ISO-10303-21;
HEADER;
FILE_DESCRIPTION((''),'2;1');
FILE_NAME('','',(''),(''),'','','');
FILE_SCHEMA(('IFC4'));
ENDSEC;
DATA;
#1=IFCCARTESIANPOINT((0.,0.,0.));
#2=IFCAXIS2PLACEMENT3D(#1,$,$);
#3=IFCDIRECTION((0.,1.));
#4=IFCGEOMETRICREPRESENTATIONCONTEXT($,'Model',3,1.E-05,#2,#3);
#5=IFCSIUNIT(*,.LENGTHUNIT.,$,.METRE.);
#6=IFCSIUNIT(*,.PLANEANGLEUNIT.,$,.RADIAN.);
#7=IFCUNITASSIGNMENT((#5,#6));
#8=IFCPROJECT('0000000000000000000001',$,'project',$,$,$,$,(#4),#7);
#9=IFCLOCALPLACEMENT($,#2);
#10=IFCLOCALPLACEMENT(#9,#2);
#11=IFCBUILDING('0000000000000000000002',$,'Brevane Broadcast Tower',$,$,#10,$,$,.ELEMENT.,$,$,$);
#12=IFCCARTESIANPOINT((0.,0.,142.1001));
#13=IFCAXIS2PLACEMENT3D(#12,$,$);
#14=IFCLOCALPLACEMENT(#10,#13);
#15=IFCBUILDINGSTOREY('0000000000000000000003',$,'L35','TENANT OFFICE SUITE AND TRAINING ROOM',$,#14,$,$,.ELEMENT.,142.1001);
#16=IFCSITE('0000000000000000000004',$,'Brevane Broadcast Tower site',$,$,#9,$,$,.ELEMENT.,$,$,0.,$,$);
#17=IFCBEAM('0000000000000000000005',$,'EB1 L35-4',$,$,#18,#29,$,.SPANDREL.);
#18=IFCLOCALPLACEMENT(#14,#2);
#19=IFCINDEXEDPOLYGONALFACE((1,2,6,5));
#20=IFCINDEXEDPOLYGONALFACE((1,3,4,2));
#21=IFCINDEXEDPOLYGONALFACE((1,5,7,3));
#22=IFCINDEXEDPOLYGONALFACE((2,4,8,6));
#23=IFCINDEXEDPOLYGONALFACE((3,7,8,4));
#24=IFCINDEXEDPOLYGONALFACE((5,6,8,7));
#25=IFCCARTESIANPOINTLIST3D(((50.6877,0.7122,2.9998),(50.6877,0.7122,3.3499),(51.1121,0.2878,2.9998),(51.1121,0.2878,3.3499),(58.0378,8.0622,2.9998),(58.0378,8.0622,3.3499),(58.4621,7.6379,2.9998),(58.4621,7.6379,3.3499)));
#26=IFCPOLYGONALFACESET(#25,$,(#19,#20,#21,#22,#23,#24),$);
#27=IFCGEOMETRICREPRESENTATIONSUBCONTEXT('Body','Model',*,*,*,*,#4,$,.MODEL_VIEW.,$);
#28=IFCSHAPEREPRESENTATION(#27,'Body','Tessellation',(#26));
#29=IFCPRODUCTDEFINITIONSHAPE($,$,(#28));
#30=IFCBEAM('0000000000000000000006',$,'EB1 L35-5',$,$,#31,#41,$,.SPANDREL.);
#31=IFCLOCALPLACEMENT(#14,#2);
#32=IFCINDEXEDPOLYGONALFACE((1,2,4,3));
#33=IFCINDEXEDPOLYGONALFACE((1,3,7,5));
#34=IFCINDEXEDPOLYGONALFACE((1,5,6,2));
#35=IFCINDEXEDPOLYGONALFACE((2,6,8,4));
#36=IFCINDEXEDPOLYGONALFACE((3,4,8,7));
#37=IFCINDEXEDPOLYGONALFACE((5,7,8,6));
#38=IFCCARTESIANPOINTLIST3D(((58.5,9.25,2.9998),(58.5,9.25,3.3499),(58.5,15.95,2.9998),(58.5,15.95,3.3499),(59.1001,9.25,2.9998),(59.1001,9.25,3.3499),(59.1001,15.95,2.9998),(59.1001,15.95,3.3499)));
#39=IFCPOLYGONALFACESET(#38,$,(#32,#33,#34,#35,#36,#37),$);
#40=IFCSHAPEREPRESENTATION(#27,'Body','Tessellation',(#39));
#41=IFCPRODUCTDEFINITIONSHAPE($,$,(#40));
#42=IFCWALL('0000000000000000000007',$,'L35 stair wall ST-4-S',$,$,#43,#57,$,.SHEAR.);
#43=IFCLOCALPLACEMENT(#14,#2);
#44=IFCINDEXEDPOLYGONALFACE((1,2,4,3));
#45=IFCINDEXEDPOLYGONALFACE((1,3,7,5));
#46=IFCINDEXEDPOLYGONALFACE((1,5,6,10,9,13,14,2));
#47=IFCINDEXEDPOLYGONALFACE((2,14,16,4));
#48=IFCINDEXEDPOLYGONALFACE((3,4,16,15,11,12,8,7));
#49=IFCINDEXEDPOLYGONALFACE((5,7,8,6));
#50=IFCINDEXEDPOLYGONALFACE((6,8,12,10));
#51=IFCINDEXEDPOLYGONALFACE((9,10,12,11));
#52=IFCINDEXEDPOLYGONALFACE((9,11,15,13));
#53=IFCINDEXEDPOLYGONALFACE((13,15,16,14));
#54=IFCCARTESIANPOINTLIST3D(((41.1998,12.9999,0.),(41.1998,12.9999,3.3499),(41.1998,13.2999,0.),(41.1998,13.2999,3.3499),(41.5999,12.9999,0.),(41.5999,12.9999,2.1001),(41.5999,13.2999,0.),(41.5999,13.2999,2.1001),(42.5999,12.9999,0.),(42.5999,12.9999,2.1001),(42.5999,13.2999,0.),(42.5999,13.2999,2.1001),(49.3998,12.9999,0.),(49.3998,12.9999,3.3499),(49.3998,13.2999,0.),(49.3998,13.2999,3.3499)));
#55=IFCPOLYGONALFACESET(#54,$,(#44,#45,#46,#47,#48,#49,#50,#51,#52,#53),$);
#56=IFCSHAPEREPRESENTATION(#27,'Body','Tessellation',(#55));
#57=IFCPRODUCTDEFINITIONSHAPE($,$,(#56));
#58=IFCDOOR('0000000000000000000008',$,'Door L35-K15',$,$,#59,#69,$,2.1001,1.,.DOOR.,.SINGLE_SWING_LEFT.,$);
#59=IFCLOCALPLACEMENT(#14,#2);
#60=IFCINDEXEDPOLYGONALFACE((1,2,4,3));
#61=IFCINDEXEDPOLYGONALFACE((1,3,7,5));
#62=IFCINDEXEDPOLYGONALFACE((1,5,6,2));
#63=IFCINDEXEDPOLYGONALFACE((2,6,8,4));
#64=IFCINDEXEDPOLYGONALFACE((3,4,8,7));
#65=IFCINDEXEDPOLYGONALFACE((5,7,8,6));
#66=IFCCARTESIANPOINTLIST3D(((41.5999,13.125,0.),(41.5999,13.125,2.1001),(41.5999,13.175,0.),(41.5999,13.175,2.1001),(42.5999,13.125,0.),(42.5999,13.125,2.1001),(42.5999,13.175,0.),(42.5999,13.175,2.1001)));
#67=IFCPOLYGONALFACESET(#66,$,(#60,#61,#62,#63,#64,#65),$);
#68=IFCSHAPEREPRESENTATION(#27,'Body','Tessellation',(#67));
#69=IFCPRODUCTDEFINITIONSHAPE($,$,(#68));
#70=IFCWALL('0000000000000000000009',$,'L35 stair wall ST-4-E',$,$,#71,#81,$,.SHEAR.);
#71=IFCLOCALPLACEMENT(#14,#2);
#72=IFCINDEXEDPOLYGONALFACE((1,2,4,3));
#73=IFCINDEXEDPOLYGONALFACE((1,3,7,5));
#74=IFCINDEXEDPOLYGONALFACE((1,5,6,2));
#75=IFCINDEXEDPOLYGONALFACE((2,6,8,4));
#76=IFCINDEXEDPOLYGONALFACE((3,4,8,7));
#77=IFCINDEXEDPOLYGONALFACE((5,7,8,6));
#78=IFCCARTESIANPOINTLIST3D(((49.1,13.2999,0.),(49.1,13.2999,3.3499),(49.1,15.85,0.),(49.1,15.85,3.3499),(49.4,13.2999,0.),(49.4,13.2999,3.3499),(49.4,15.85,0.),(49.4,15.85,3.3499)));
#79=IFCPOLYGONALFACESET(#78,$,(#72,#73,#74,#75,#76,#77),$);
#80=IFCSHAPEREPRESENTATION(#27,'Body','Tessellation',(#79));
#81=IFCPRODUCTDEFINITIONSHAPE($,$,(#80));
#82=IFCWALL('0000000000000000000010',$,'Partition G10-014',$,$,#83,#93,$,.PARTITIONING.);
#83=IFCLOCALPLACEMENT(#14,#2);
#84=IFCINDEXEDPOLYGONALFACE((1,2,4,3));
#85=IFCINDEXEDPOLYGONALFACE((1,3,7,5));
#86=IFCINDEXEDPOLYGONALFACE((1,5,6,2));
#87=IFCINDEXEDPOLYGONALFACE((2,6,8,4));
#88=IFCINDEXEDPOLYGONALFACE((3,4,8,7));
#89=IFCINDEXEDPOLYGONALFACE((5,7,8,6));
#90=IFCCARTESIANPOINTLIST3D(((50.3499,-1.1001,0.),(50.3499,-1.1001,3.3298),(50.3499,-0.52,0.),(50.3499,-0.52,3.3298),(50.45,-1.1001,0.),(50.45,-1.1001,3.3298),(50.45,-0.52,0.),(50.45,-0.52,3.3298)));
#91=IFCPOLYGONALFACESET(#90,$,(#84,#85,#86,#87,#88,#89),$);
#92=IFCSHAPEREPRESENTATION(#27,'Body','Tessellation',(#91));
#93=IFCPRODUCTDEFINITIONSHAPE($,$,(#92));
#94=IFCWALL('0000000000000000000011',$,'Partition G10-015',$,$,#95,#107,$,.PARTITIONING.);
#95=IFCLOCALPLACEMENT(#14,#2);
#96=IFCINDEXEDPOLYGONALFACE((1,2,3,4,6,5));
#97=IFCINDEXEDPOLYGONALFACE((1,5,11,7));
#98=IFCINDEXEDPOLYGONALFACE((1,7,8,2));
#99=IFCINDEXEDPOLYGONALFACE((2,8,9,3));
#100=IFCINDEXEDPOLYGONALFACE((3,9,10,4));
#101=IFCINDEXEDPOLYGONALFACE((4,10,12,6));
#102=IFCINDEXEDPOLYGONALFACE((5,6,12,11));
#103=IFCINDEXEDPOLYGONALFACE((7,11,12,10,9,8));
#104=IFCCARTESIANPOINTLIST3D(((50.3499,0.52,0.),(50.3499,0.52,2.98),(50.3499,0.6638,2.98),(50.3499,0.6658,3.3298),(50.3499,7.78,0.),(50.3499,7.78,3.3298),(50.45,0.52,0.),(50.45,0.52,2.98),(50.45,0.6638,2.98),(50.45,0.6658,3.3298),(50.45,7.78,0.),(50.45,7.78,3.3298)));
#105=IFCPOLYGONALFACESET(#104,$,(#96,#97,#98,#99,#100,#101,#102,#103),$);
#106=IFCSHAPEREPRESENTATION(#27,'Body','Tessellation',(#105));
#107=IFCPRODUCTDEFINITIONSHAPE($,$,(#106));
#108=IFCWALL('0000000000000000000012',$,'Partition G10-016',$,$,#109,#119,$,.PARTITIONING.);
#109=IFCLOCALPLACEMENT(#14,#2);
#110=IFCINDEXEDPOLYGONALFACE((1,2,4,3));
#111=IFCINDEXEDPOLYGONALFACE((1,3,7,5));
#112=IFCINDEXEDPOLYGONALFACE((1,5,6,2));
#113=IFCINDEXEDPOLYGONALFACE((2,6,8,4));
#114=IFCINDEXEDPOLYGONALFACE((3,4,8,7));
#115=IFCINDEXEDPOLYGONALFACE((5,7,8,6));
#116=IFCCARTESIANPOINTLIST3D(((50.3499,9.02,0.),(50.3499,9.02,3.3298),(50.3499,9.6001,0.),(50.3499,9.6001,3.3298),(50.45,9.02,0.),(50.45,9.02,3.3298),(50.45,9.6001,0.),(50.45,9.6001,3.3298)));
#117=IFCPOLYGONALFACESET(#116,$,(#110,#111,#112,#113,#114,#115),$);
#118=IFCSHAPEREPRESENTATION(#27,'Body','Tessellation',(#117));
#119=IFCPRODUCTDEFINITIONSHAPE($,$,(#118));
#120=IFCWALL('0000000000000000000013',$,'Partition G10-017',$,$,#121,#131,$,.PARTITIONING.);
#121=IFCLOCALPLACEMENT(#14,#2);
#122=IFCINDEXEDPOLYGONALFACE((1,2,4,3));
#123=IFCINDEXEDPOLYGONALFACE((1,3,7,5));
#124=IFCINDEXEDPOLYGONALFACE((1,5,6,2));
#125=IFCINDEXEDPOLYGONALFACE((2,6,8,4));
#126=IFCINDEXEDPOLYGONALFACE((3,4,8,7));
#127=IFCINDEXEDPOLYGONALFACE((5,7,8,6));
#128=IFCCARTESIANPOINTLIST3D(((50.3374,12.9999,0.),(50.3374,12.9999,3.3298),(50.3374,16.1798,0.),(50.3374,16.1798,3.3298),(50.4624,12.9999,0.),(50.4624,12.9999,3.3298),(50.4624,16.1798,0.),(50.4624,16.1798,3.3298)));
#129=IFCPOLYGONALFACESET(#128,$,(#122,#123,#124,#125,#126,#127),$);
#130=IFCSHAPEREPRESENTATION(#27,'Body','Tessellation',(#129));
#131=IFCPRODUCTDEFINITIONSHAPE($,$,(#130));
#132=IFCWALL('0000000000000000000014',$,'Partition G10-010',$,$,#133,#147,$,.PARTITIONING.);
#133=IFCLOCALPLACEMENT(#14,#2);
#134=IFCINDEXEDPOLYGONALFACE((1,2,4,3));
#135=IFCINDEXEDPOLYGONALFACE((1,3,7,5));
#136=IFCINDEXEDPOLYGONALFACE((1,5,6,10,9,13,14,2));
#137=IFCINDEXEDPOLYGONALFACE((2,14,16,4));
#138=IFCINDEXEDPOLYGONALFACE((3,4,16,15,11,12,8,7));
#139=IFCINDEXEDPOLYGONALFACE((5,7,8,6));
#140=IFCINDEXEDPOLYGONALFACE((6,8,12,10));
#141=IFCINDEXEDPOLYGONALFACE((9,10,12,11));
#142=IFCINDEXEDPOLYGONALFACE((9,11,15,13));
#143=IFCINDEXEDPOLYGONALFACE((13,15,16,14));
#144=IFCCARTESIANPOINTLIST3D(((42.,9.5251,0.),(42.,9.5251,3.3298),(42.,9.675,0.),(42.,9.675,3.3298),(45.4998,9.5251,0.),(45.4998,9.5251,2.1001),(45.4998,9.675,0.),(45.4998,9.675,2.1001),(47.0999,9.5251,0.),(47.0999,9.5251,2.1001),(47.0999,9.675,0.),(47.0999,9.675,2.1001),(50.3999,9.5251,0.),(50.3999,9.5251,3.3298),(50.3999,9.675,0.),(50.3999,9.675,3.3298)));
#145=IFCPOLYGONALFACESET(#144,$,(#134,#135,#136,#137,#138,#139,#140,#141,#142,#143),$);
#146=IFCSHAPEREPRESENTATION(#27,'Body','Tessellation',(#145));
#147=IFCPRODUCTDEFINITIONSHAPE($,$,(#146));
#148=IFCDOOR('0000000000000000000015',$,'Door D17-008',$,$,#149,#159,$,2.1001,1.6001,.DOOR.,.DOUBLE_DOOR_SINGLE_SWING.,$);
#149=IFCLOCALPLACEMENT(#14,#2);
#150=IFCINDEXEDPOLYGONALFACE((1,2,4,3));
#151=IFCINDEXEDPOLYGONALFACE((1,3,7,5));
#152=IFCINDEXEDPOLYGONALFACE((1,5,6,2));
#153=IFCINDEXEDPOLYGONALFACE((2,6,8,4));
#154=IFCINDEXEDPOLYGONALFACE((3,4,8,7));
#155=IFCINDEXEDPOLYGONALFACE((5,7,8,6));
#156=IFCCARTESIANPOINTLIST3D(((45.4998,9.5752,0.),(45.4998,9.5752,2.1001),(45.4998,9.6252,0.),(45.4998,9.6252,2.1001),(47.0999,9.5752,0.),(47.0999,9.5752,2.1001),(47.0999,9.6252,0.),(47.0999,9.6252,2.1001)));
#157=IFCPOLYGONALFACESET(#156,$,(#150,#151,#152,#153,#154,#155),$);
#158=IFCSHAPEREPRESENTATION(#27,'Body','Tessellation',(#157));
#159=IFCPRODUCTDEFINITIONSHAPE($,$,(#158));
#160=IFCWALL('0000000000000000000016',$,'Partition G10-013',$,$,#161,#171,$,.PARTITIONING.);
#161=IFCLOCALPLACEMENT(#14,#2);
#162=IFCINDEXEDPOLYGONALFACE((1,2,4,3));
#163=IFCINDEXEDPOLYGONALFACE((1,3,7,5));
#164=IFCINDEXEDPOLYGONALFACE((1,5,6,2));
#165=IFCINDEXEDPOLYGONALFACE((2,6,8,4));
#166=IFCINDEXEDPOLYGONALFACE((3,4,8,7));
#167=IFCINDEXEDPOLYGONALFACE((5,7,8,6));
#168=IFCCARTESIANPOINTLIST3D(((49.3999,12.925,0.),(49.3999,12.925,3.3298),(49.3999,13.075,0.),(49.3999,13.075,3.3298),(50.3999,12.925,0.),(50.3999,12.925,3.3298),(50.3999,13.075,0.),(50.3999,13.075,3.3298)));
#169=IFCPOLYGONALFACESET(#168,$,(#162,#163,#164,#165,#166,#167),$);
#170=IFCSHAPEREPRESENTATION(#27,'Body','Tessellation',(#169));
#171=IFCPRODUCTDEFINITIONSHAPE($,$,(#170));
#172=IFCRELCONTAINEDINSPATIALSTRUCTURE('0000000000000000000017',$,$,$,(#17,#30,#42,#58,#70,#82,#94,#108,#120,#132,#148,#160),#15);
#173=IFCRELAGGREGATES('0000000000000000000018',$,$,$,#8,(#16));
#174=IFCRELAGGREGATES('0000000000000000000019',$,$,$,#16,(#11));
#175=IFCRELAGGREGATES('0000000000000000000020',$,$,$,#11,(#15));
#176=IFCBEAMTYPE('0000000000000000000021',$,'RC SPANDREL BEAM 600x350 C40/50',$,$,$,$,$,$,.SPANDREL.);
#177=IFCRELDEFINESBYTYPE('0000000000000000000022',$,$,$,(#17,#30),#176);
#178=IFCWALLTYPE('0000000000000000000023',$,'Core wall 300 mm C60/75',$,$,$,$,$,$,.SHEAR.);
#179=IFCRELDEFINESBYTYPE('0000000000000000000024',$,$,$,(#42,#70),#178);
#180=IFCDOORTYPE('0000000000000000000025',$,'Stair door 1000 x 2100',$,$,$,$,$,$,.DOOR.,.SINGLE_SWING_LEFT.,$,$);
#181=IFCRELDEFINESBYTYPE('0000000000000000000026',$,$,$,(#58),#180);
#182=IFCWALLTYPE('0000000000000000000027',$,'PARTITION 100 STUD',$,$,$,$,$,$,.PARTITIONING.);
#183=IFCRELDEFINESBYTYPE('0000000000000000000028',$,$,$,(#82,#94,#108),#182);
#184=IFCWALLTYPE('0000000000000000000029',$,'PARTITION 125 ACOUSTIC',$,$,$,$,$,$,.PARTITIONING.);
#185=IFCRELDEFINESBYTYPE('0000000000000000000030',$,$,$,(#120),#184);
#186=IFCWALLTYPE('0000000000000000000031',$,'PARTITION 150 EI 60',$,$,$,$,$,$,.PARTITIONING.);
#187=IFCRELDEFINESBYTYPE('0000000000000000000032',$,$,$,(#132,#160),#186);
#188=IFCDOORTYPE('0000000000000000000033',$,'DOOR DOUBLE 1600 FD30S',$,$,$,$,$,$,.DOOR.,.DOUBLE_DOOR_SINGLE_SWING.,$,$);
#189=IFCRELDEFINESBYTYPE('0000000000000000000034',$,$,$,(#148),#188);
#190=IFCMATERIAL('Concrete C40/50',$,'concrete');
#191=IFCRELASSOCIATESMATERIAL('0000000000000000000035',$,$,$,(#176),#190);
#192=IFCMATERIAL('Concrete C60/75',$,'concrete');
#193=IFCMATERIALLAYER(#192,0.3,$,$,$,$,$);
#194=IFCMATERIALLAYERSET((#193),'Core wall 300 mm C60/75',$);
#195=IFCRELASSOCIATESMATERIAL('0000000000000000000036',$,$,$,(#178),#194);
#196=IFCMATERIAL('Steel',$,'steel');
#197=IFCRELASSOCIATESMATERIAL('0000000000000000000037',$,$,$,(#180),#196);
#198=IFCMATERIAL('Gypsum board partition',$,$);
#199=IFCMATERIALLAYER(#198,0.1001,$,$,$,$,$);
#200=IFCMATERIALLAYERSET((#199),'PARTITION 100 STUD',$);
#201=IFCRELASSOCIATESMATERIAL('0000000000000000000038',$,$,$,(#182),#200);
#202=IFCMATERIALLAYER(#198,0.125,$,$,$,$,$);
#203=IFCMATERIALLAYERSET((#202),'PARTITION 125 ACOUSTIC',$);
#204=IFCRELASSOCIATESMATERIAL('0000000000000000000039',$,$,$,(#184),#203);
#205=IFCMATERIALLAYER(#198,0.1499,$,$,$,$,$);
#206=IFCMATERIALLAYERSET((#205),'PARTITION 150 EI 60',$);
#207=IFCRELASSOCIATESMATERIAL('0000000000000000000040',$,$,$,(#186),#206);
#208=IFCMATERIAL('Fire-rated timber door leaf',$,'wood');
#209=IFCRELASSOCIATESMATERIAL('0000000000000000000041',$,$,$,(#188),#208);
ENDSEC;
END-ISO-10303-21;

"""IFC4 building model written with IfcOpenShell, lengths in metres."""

from ifc_helpers import new_model, si_unit, direction, frame, frame_2d, origin, origin_2d, place, context, subcontext, project, spatial, polyline, rectangle, outline, extrude, material, layer, layer_set, material_profile, profile_set, type_object, element, fill, save


model = new_model("IFC4")

# Units and contexts
model_context = context("Model", 3, precision=1e-05, world=origin(), true_north=direction((0.0, 1.0)))
body_context = subcontext(model_context, "Body", "Model", "MODEL_VIEW")
ifc_project = project(units=[si_unit("LENGTHUNIT", "METRE"), si_unit("PLANEANGLEUNIT", "RADIAN")], contexts=[model_context])

# Site, building, storey
site_placement = place(None, origin())
site = spatial("IfcSite", under=ifc_project, at=site_placement, Name="Brevane Broadcast Tower site", CompositionType="ELEMENT", RefElevation=0.0)
building_placement = place(site_placement, origin())
building = spatial("IfcBuilding", under=site, at=building_placement, Name="Brevane Broadcast Tower", CompositionType="ELEMENT")
storey_placement = place(building_placement, frame((0.0, 0.0, 142.1001)))
storey = spatial("IfcBuildingStorey", under=building, at=storey_placement, Name="L35", Description="TENANT OFFICE SUITE AND TRAINING ROOM", CompositionType="ELEMENT", Elevation=142.1001)

# Shared definitions
ifc_material_1 = material(Name="Concrete C60/75", Category="concrete")

# Beams
ifc_material_2 = material(Name="Concrete C40/50", Category="concrete")
ifc_material_profile_1 = material_profile(ifc_material_2, rectangle(XDim=0.6001, YDim=0.3501, at=origin_2d()), Name="RC 600x350")
ifc_profile_set_1 = profile_set([ifc_material_profile_1], Name="Concrete C40/50")
beam_type = type_object("IfcBeamType", Name="RC SPANDREL BEAM 600x350 C40/50", PredefinedType="SPANDREL", material=ifc_profile_set_1)
beam_1_placement = place(storey_placement, frame((50.8999, 0.5, 3.1748), z_axis=(0.707107, 0.707107, 0.0), x_axis=(-0.707107, 0.707107, 0.0)))
element("IfcBeam", 1, at=beam_1_placement, inside=storey, type_object=beam_type, Name="EB1 L35-4", PredefinedType="SPANDREL", context=body_context, shape_type="SweptSolid", body=[
    extrude(rectangle(XDim=0.6001, YDim=0.3501, at=origin_2d()), origin(), (0.0, 0.0, 1.0), 10.3945),
])
beam_2_placement = place(storey_placement, frame((58.8, 9.25, 3.1748), z_axis=(0.0, 1.0, 0.0), x_axis=(-1.0, 0.0, 0.0)))
element("IfcBeam", 2, at=beam_2_placement, inside=storey, type_object=beam_type, Name="EB1 L35-5", PredefinedType="SPANDREL", context=body_context, shape_type="SweptSolid", body=[
    extrude(rectangle(XDim=0.6001, YDim=0.3501, at=origin_2d()), origin(), (0.0, 0.0, 1.0), 6.7),
])

# Wall, opening, door
ifc_layer_1 = layer(ifc_material_1, 0.3)
ifc_layer_set_1 = layer_set([ifc_layer_1], Name="Core wall 300 mm C60/75")
wall_type_1 = type_object("IfcWallType", Name="Core wall 300 mm C60/75", PredefinedType="SHEAR", material=ifc_layer_set_1)
wall_1_placement = place(storey_placement, frame((49.3999, 13.1499, 0.0), z_axis=(0.0, 0.0, 1.0), x_axis=(-1.0, 0.0, 0.0)))
wall_1 = element("IfcWall", 3, at=wall_1_placement, inside=storey, type_object=wall_type_1, Name="L35 stair wall ST-4-S", PredefinedType="SHEAR", context=body_context, shape_type="SweptSolid", body=[
    extrude(rectangle(XDim=8.2, YDim=0.3, at=frame_2d((4.1001, 0.0))), origin(), (0.0, 0.0, 1.0), 3.3499),
])
opening_1_placement = place(wall_1_placement, frame((6.8, 0.0, 0.0)))
opening_1 = element("IfcOpeningElement", 4, at=opening_1_placement, cuts=wall_1, PredefinedType="OPENING", context=body_context, shape_type="SweptSolid", body=[
    extrude(rectangle(XDim=1.0, YDim=2.1001, at=frame_2d((0.5, 1.05))), frame((0.0, 0.1599, 0.0), z_axis=(0.0, -1.0, 0.0), x_axis=(1.0, 0.0, 0.0)), (0.0, 0.0, 1.0), 0.3201),
])
ifc_material_3 = material(Name="Steel", Category="steel")
door_type_1 = type_object("IfcDoorType", Name="Stair door 1000 x 2100", OperationType="SINGLE_SWING_LEFT", PredefinedType="DOOR", material=ifc_material_3)
door_1_placement = place(opening_1_placement, origin())
door_1 = element("IfcDoor", 5, at=door_1_placement, inside=storey, type_object=door_type_1, Name="Door L35-K15", OperationType="SINGLE_SWING_LEFT", OverallHeight=2.1001, OverallWidth=1.0, PredefinedType="DOOR", context=body_context, shape_type="SweptSolid", body=[
    extrude(rectangle(XDim=1.0, YDim=2.1001, at=frame_2d((0.5, 1.05))), frame((0.0, 0.0249, 0.0), z_axis=(0.0, -1.0, 0.0), x_axis=(1.0, 0.0, 0.0)), (0.0, 0.0, 1.0), 0.05),
])
fill(opening_1, door_1)

# Walls
wall_2_placement = place(storey_placement, frame((49.25, 13.3, 0.0), z_axis=(0.0, 0.0, 1.0), x_axis=(0.0, 1.0, 0.0)))
element("IfcWall", 6, at=wall_2_placement, inside=storey, type_object=wall_type_1, Name="L35 stair wall ST-4-E", PredefinedType="SHEAR", context=body_context, shape_type="SweptSolid", body=[
    extrude(rectangle(XDim=2.55, YDim=0.3, at=frame_2d((1.2749, 0.0))), origin(), (0.0, 0.0, 1.0), 3.3499),
])
ifc_material_4 = material(Name="Gypsum board partition")
ifc_layer_2 = layer(ifc_material_4, 0.1001)
ifc_layer_set_2 = layer_set([ifc_layer_2], Name="PARTITION 100 STUD")
wall_type_2 = type_object("IfcWallType", Name="PARTITION 100 STUD", PredefinedType="PARTITIONING", material=ifc_layer_set_2)
wall_3_placement = place(storey_placement, frame((50.3999, -1.1001, 0.0), z_axis=(0.0, 0.0, 1.0), x_axis=(0.0, 1.0, 0.0)))
element("IfcWall", 7, at=wall_3_placement, inside=storey, type_object=wall_type_2, Name="Partition G10-014", PredefinedType="PARTITIONING", context=body_context, shape_type="SweptSolid", body=[
    extrude(rectangle(XDim=0.5801, YDim=0.1001, at=frame_2d((0.29, 0.0))), origin(), (0.0, 0.0, 1.0), 3.3298),
])
wall_4_placement = place(storey_placement, frame((50.3999, 0.52, 0.0), z_axis=(0.0, 0.0, 1.0), x_axis=(0.0, 1.0, 0.0)))
element("IfcWall", 8, at=wall_4_placement, inside=storey, type_object=wall_type_2, Name="Partition G10-015", PredefinedType="PARTITIONING", context=body_context, shape_type="SweptSolid", body=[
    extrude(outline(polyline([(0.0, 0.0), (7.26, 0.0), (7.26, 3.3298), (0.1458, 3.3298), (0.1438, 2.98), (0.0, 2.98), (0.0, 0.0)])), frame((0.0, 0.05, 0.0), z_axis=(0.0, -1.0, 0.0), x_axis=(1.0, 0.0, 0.0)), (0.0, 0.0, 1.0), 0.1001),
])
wall_5_placement = place(storey_placement, frame((50.3999, 9.02, 0.0), z_axis=(0.0, 0.0, 1.0), x_axis=(0.0, 1.0, 0.0)))
element("IfcWall", 9, at=wall_5_placement, inside=storey, type_object=wall_type_2, Name="Partition G10-016", PredefinedType="PARTITIONING", context=body_context, shape_type="SweptSolid", body=[
    extrude(rectangle(XDim=0.5801, YDim=0.1001, at=frame_2d((0.29, 0.0))), origin(), (0.0, 0.0, 1.0), 3.3298),
])
ifc_layer_3 = layer(ifc_material_4, 0.125)
ifc_layer_set_3 = layer_set([ifc_layer_3], Name="PARTITION 125 ACOUSTIC")
wall_type_3 = type_object("IfcWallType", Name="PARTITION 125 ACOUSTIC", PredefinedType="PARTITIONING", material=ifc_layer_set_3)
wall_6_placement = place(storey_placement, frame((50.3999, 13.0, 0.0), z_axis=(0.0, 0.0, 1.0), x_axis=(0.0, 1.0, 0.0)))
element("IfcWall", 10, at=wall_6_placement, inside=storey, type_object=wall_type_3, Name="Partition G10-017", PredefinedType="PARTITIONING", context=body_context, shape_type="SweptSolid", body=[
    extrude(rectangle(XDim=3.1799, YDim=0.125, at=frame_2d((1.5898, 0.0))), origin(), (0.0, 0.0, 1.0), 3.3298),
])

# Wall, opening, door
ifc_layer_4 = layer(ifc_material_4, 0.1499)
ifc_layer_set_4 = layer_set([ifc_layer_4], Name="PARTITION 150 EI 60")
wall_type_4 = type_object("IfcWallType", Name="PARTITION 150 EI 60", PredefinedType="PARTITIONING", material=ifc_layer_set_4)
ifc_material_5 = material(Name="Fire-rated timber door leaf", Category="wood")
wall_7_placement = place(storey_placement, frame((50.3999, 9.6001, 0.0), z_axis=(0.0, 0.0, 1.0), x_axis=(-1.0, 0.0, 0.0)))
wall_7 = element("IfcWall", 11, at=wall_7_placement, inside=storey, type_object=wall_type_4, Name="Partition G10-010", PredefinedType="PARTITIONING", context=body_context, shape_type="SweptSolid", body=[
    extrude(rectangle(XDim=8.3999, YDim=0.1499, at=frame_2d((4.2, 0.0))), origin(), (0.0, 0.0, 1.0), 3.3298),
])
opening_2_placement = place(wall_7_placement, frame((3.3, 0.0, 0.0)))
opening_2 = element("IfcOpeningElement", 12, at=opening_2_placement, cuts=wall_7, PredefinedType="OPENING", context=body_context, shape_type="SweptSolid", body=[
    extrude(rectangle(XDim=1.6001, YDim=2.1001, at=frame_2d((0.8, 1.05))), frame((0.0, 0.085, 0.0), z_axis=(0.0, -1.0, 0.0), x_axis=(1.0, 0.0, 0.0)), (0.0, 0.0, 1.0), 0.1699),
])
door_type_2 = type_object("IfcDoorType", Name="DOOR DOUBLE 1600 FD30S", OperationType="DOUBLE_DOOR_SINGLE_SWING", PredefinedType="DOOR", material=ifc_material_5)
door_2_placement = place(opening_2_placement, origin())
door_2 = element("IfcDoor", 13, at=door_2_placement, inside=storey, type_object=door_type_2, Name="Door D17-008", OperationType="DOUBLE_DOOR_SINGLE_SWING", OverallHeight=2.1001, OverallWidth=1.6001, PredefinedType="DOOR", context=body_context, shape_type="SweptSolid", body=[
    extrude(rectangle(XDim=1.6001, YDim=2.1001, at=frame_2d((0.8, 1.05))), frame((0.0, 0.0249, 0.0), z_axis=(0.0, -1.0, 0.0), x_axis=(1.0, 0.0, 0.0)), (0.0, 0.0, 1.0), 0.05),
])
fill(opening_2, door_2)

# Wall
wall_8_placement = place(storey_placement, frame((49.3999, 13.0, 0.0), z_axis=(0.0, 0.0, 1.0), x_axis=(1.0, 0.0, 0.0)))
element("IfcWall", 14, at=wall_8_placement, inside=storey, type_object=wall_type_4, Name="Partition G10-013", PredefinedType="PARTITIONING", context=body_context, shape_type="SweptSolid", body=[
    extrude(rectangle(XDim=1.0, YDim=0.1499, at=frame_2d((0.5, 0.0))), origin(), (0.0, 0.0, 1.0), 3.3298),
])

save(model, "model.ifc")
